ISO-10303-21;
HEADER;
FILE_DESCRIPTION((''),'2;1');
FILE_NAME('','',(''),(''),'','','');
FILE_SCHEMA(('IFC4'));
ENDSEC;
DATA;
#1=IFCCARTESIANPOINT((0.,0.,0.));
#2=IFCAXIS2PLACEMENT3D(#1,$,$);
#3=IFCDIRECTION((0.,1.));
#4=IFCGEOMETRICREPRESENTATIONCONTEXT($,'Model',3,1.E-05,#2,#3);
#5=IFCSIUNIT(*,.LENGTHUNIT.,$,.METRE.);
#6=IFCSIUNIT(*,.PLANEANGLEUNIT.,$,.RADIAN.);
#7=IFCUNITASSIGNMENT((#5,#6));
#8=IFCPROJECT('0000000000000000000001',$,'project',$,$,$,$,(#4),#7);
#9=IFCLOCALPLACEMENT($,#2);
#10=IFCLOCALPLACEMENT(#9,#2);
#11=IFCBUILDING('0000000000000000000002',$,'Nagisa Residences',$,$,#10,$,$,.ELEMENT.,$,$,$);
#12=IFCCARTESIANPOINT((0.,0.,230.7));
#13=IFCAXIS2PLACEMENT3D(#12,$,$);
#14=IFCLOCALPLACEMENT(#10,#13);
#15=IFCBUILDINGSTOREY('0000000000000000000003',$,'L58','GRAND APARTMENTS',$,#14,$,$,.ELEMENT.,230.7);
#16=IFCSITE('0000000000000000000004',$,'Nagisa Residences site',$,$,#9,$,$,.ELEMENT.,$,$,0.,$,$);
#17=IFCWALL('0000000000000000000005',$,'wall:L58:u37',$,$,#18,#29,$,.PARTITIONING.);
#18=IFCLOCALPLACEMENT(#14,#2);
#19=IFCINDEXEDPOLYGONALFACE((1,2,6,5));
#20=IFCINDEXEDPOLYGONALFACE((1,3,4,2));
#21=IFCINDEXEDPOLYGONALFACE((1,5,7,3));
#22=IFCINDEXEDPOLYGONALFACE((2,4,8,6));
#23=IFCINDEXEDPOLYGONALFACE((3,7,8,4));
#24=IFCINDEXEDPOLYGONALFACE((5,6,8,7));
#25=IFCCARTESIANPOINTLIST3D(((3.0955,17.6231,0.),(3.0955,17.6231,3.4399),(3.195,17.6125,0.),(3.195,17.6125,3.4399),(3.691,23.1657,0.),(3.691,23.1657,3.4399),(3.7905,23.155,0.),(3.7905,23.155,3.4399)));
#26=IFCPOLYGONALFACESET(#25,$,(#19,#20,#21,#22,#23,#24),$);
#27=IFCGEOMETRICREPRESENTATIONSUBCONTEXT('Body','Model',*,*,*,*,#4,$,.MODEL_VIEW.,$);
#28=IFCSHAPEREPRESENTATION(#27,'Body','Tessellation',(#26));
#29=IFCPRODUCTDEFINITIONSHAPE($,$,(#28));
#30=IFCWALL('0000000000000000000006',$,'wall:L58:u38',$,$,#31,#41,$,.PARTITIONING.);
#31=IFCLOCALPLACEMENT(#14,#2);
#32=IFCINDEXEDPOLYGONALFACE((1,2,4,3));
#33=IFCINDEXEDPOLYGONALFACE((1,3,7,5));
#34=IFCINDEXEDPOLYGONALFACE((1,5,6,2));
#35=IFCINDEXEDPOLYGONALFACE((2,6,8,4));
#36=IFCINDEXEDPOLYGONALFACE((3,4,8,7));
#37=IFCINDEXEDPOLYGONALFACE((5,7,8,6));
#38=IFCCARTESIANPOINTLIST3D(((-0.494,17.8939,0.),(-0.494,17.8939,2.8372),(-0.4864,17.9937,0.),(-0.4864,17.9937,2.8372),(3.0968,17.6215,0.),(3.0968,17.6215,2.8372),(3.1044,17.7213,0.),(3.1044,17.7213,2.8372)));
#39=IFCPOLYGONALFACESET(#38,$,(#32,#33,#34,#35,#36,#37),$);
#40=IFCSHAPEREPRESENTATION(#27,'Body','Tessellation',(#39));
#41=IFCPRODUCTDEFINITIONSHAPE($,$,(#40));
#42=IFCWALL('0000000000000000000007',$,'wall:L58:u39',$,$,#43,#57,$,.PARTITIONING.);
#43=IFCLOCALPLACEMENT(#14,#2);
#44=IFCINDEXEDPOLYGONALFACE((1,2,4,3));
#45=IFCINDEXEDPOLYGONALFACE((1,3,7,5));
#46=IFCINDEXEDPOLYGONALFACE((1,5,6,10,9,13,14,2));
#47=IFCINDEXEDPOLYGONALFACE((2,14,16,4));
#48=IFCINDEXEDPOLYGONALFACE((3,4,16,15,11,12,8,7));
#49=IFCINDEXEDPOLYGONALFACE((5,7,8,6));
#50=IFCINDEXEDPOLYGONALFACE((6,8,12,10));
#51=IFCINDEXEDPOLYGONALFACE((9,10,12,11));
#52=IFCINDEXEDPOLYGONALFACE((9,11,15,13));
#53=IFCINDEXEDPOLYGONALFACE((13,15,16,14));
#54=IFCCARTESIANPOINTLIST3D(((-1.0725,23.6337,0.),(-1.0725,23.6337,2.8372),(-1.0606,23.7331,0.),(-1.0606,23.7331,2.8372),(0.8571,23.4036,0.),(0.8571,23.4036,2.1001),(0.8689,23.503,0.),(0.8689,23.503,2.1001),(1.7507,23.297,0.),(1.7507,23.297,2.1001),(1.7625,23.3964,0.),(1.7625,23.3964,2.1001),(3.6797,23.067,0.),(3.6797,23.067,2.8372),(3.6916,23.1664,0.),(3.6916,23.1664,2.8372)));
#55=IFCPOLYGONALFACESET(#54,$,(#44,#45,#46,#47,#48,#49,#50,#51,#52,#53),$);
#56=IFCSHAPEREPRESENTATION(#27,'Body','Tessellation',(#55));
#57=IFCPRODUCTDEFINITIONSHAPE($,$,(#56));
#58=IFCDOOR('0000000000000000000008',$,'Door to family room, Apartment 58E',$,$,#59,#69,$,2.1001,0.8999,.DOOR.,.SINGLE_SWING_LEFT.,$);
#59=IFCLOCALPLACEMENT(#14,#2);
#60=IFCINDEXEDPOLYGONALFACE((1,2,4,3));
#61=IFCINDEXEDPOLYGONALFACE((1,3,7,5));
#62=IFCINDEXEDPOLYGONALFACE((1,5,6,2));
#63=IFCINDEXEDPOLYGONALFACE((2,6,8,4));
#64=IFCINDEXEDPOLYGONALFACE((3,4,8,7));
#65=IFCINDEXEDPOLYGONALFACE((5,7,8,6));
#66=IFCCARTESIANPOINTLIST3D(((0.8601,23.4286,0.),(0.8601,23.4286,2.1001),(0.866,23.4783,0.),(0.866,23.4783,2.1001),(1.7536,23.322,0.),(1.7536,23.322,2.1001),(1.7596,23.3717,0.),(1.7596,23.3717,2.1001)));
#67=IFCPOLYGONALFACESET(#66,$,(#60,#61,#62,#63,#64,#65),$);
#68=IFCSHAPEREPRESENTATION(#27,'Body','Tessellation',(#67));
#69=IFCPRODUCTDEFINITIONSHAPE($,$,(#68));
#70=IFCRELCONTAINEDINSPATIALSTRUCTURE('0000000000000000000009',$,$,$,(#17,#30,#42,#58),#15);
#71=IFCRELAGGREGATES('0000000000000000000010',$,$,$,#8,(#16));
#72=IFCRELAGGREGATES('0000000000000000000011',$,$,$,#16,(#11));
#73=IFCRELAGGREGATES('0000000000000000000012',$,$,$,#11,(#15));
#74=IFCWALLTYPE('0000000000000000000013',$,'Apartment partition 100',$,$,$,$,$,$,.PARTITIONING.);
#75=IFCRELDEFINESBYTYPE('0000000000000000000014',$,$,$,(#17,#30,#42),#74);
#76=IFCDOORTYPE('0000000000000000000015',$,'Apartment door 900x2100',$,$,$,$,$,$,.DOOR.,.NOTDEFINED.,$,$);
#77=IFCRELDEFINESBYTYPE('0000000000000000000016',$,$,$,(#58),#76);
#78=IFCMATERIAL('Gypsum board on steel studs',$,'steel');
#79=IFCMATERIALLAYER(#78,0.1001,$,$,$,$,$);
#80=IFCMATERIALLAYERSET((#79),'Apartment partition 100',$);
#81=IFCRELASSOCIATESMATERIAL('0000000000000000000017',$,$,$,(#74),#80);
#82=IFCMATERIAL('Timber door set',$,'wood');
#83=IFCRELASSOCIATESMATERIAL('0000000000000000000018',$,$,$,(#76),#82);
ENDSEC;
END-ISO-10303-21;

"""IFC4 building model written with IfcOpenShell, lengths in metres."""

from ifc_helpers import new_model, si_unit, direction, frame, frame_2d, origin, place, context, subcontext, project, spatial, rectangle, extrude, material, layer, layer_set, type_object, element, fill, save


model = new_model("IFC4")

# Units and contexts
model_context = context("Model", 3, precision=1e-05, world=origin(), true_north=direction((0.0, 1.0)))
body_context = subcontext(model_context, "Body", "Model", "MODEL_VIEW")
ifc_project = project(units=[si_unit("LENGTHUNIT", "METRE"), si_unit("PLANEANGLEUNIT", "RADIAN")], contexts=[model_context])

# Site, building, storey
site_placement = place(None, origin())
site = spatial("IfcSite", under=ifc_project, at=site_placement, Name="Nagisa Residences site", CompositionType="ELEMENT", RefElevation=0.0)
building_placement = place(site_placement, origin())
building = spatial("IfcBuilding", under=site, at=building_placement, Name="Nagisa Residences", CompositionType="ELEMENT")
storey_placement = place(building_placement, frame((0.0, 0.0, 230.7)))
storey = spatial("IfcBuildingStorey", under=building, at=storey_placement, Name="L58", Description="GRAND APARTMENTS", CompositionType="ELEMENT", Elevation=230.7)

# Shared definitions
ifc_material_1 = material(Name="Gypsum board on steel studs", Category="steel")
ifc_layer_1 = layer(ifc_material_1, 0.1001)
ifc_layer_set_1 = layer_set([ifc_layer_1], Name="Apartment partition 100")
wall_type = type_object("IfcWallType", Name="Apartment partition 100", PredefinedType="PARTITIONING", material=ifc_layer_set_1)

# Shared definitions
ifc_material_2 = material(Name="Timber door set", Category="wood")
door_type = type_object("IfcDoorType", Name="Apartment door 900x2100", OperationType="NOTDEFINED", PredefinedType="DOOR", material=ifc_material_2)

# Walls
wall_1_placement = place(storey_placement, frame((3.1453, 17.6179, 0.0), z_axis=(0.0, 0.0, 1.0), x_axis=(0.106821, 0.994278, 0.0)))
element("IfcWall", 1, at=wall_1_placement, inside=storey, type_object=wall_type, Name="wall:L58:u37", PredefinedType="PARTITIONING", context=body_context, shape_type="SweptSolid", body=[
    extrude(rectangle(XDim=5.5745, YDim=0.1001, at=frame_2d((2.7871, 0.0))), origin(), (0.0, 0.0, 1.0), 3.4399),
])
wall_2_placement = place(storey_placement, frame((3.1006, 17.6714, 0.0), z_axis=(0.0, 0.0, 1.0), x_axis=(-0.997134, 0.07566, 0.0)))
element("IfcWall", 2, at=wall_2_placement, inside=storey, type_object=wall_type, Name="wall:L58:u38", PredefinedType="PARTITIONING", context=body_context, shape_type="SweptSolid", body=[
    extrude(rectangle(XDim=3.6011, YDim=0.1001, at=frame_2d((1.8005, 0.0))), origin(), (0.0, 0.0, 1.0), 2.8372),
])

# Wall, opening, door
wall_3_placement = place(storey_placement, frame((3.6858, 23.1167, 0.0), z_axis=(0.0, 0.0, 1.0), x_axis=(-0.992966, 0.118401, 0.0)))
wall_3 = element("IfcWall", 3, at=wall_3_placement, inside=storey, type_object=wall_type, Name="wall:L58:u39", PredefinedType="PARTITIONING", context=body_context, shape_type="SweptSolid", body=[
    extrude(rectangle(XDim=4.7859, YDim=0.1001, at=frame_2d((2.3931, 0.0))), origin(), (0.0, 0.0, 1.0), 2.8372),
])
opening_1_placement = place(wall_3_placement, frame((1.9429, 0.0, 0.0)))
opening_1 = element("IfcOpeningElement", 4, at=opening_1_placement, cuts=wall_3, PredefinedType="OPENING", context=body_context, shape_type="SweptSolid", body=[
    extrude(rectangle(XDim=0.8999, YDim=2.1001, at=frame_2d((0.45, 1.05))), frame((0.0, 0.0601, 0.0), z_axis=(0.0, -1.0, 0.0), x_axis=(1.0, 0.0, 0.0)), (0.0, 0.0, 1.0), 0.1201),
])
door_1_placement = place(opening_1_placement, origin())
door_1 = element("IfcDoor", 5, at=door_1_placement, inside=storey, type_object=door_type, Name="Door to family room, Apartment 58E", OperationType="SINGLE_SWING_LEFT", OverallHeight=2.1001, OverallWidth=0.8999, PredefinedType="DOOR", context=body_context, shape_type="SweptSolid", body=[
    extrude(rectangle(XDim=0.8999, YDim=2.1001, at=frame_2d((0.45, 1.05))), frame((0.0, 0.0249, 0.0), z_axis=(0.0, -1.0, 0.0), x_axis=(1.0, 0.0, 0.0)), (0.0, 0.0, 1.0), 0.05),
])
fill(opening_1, door_1)

save(model, "model.ifc")
